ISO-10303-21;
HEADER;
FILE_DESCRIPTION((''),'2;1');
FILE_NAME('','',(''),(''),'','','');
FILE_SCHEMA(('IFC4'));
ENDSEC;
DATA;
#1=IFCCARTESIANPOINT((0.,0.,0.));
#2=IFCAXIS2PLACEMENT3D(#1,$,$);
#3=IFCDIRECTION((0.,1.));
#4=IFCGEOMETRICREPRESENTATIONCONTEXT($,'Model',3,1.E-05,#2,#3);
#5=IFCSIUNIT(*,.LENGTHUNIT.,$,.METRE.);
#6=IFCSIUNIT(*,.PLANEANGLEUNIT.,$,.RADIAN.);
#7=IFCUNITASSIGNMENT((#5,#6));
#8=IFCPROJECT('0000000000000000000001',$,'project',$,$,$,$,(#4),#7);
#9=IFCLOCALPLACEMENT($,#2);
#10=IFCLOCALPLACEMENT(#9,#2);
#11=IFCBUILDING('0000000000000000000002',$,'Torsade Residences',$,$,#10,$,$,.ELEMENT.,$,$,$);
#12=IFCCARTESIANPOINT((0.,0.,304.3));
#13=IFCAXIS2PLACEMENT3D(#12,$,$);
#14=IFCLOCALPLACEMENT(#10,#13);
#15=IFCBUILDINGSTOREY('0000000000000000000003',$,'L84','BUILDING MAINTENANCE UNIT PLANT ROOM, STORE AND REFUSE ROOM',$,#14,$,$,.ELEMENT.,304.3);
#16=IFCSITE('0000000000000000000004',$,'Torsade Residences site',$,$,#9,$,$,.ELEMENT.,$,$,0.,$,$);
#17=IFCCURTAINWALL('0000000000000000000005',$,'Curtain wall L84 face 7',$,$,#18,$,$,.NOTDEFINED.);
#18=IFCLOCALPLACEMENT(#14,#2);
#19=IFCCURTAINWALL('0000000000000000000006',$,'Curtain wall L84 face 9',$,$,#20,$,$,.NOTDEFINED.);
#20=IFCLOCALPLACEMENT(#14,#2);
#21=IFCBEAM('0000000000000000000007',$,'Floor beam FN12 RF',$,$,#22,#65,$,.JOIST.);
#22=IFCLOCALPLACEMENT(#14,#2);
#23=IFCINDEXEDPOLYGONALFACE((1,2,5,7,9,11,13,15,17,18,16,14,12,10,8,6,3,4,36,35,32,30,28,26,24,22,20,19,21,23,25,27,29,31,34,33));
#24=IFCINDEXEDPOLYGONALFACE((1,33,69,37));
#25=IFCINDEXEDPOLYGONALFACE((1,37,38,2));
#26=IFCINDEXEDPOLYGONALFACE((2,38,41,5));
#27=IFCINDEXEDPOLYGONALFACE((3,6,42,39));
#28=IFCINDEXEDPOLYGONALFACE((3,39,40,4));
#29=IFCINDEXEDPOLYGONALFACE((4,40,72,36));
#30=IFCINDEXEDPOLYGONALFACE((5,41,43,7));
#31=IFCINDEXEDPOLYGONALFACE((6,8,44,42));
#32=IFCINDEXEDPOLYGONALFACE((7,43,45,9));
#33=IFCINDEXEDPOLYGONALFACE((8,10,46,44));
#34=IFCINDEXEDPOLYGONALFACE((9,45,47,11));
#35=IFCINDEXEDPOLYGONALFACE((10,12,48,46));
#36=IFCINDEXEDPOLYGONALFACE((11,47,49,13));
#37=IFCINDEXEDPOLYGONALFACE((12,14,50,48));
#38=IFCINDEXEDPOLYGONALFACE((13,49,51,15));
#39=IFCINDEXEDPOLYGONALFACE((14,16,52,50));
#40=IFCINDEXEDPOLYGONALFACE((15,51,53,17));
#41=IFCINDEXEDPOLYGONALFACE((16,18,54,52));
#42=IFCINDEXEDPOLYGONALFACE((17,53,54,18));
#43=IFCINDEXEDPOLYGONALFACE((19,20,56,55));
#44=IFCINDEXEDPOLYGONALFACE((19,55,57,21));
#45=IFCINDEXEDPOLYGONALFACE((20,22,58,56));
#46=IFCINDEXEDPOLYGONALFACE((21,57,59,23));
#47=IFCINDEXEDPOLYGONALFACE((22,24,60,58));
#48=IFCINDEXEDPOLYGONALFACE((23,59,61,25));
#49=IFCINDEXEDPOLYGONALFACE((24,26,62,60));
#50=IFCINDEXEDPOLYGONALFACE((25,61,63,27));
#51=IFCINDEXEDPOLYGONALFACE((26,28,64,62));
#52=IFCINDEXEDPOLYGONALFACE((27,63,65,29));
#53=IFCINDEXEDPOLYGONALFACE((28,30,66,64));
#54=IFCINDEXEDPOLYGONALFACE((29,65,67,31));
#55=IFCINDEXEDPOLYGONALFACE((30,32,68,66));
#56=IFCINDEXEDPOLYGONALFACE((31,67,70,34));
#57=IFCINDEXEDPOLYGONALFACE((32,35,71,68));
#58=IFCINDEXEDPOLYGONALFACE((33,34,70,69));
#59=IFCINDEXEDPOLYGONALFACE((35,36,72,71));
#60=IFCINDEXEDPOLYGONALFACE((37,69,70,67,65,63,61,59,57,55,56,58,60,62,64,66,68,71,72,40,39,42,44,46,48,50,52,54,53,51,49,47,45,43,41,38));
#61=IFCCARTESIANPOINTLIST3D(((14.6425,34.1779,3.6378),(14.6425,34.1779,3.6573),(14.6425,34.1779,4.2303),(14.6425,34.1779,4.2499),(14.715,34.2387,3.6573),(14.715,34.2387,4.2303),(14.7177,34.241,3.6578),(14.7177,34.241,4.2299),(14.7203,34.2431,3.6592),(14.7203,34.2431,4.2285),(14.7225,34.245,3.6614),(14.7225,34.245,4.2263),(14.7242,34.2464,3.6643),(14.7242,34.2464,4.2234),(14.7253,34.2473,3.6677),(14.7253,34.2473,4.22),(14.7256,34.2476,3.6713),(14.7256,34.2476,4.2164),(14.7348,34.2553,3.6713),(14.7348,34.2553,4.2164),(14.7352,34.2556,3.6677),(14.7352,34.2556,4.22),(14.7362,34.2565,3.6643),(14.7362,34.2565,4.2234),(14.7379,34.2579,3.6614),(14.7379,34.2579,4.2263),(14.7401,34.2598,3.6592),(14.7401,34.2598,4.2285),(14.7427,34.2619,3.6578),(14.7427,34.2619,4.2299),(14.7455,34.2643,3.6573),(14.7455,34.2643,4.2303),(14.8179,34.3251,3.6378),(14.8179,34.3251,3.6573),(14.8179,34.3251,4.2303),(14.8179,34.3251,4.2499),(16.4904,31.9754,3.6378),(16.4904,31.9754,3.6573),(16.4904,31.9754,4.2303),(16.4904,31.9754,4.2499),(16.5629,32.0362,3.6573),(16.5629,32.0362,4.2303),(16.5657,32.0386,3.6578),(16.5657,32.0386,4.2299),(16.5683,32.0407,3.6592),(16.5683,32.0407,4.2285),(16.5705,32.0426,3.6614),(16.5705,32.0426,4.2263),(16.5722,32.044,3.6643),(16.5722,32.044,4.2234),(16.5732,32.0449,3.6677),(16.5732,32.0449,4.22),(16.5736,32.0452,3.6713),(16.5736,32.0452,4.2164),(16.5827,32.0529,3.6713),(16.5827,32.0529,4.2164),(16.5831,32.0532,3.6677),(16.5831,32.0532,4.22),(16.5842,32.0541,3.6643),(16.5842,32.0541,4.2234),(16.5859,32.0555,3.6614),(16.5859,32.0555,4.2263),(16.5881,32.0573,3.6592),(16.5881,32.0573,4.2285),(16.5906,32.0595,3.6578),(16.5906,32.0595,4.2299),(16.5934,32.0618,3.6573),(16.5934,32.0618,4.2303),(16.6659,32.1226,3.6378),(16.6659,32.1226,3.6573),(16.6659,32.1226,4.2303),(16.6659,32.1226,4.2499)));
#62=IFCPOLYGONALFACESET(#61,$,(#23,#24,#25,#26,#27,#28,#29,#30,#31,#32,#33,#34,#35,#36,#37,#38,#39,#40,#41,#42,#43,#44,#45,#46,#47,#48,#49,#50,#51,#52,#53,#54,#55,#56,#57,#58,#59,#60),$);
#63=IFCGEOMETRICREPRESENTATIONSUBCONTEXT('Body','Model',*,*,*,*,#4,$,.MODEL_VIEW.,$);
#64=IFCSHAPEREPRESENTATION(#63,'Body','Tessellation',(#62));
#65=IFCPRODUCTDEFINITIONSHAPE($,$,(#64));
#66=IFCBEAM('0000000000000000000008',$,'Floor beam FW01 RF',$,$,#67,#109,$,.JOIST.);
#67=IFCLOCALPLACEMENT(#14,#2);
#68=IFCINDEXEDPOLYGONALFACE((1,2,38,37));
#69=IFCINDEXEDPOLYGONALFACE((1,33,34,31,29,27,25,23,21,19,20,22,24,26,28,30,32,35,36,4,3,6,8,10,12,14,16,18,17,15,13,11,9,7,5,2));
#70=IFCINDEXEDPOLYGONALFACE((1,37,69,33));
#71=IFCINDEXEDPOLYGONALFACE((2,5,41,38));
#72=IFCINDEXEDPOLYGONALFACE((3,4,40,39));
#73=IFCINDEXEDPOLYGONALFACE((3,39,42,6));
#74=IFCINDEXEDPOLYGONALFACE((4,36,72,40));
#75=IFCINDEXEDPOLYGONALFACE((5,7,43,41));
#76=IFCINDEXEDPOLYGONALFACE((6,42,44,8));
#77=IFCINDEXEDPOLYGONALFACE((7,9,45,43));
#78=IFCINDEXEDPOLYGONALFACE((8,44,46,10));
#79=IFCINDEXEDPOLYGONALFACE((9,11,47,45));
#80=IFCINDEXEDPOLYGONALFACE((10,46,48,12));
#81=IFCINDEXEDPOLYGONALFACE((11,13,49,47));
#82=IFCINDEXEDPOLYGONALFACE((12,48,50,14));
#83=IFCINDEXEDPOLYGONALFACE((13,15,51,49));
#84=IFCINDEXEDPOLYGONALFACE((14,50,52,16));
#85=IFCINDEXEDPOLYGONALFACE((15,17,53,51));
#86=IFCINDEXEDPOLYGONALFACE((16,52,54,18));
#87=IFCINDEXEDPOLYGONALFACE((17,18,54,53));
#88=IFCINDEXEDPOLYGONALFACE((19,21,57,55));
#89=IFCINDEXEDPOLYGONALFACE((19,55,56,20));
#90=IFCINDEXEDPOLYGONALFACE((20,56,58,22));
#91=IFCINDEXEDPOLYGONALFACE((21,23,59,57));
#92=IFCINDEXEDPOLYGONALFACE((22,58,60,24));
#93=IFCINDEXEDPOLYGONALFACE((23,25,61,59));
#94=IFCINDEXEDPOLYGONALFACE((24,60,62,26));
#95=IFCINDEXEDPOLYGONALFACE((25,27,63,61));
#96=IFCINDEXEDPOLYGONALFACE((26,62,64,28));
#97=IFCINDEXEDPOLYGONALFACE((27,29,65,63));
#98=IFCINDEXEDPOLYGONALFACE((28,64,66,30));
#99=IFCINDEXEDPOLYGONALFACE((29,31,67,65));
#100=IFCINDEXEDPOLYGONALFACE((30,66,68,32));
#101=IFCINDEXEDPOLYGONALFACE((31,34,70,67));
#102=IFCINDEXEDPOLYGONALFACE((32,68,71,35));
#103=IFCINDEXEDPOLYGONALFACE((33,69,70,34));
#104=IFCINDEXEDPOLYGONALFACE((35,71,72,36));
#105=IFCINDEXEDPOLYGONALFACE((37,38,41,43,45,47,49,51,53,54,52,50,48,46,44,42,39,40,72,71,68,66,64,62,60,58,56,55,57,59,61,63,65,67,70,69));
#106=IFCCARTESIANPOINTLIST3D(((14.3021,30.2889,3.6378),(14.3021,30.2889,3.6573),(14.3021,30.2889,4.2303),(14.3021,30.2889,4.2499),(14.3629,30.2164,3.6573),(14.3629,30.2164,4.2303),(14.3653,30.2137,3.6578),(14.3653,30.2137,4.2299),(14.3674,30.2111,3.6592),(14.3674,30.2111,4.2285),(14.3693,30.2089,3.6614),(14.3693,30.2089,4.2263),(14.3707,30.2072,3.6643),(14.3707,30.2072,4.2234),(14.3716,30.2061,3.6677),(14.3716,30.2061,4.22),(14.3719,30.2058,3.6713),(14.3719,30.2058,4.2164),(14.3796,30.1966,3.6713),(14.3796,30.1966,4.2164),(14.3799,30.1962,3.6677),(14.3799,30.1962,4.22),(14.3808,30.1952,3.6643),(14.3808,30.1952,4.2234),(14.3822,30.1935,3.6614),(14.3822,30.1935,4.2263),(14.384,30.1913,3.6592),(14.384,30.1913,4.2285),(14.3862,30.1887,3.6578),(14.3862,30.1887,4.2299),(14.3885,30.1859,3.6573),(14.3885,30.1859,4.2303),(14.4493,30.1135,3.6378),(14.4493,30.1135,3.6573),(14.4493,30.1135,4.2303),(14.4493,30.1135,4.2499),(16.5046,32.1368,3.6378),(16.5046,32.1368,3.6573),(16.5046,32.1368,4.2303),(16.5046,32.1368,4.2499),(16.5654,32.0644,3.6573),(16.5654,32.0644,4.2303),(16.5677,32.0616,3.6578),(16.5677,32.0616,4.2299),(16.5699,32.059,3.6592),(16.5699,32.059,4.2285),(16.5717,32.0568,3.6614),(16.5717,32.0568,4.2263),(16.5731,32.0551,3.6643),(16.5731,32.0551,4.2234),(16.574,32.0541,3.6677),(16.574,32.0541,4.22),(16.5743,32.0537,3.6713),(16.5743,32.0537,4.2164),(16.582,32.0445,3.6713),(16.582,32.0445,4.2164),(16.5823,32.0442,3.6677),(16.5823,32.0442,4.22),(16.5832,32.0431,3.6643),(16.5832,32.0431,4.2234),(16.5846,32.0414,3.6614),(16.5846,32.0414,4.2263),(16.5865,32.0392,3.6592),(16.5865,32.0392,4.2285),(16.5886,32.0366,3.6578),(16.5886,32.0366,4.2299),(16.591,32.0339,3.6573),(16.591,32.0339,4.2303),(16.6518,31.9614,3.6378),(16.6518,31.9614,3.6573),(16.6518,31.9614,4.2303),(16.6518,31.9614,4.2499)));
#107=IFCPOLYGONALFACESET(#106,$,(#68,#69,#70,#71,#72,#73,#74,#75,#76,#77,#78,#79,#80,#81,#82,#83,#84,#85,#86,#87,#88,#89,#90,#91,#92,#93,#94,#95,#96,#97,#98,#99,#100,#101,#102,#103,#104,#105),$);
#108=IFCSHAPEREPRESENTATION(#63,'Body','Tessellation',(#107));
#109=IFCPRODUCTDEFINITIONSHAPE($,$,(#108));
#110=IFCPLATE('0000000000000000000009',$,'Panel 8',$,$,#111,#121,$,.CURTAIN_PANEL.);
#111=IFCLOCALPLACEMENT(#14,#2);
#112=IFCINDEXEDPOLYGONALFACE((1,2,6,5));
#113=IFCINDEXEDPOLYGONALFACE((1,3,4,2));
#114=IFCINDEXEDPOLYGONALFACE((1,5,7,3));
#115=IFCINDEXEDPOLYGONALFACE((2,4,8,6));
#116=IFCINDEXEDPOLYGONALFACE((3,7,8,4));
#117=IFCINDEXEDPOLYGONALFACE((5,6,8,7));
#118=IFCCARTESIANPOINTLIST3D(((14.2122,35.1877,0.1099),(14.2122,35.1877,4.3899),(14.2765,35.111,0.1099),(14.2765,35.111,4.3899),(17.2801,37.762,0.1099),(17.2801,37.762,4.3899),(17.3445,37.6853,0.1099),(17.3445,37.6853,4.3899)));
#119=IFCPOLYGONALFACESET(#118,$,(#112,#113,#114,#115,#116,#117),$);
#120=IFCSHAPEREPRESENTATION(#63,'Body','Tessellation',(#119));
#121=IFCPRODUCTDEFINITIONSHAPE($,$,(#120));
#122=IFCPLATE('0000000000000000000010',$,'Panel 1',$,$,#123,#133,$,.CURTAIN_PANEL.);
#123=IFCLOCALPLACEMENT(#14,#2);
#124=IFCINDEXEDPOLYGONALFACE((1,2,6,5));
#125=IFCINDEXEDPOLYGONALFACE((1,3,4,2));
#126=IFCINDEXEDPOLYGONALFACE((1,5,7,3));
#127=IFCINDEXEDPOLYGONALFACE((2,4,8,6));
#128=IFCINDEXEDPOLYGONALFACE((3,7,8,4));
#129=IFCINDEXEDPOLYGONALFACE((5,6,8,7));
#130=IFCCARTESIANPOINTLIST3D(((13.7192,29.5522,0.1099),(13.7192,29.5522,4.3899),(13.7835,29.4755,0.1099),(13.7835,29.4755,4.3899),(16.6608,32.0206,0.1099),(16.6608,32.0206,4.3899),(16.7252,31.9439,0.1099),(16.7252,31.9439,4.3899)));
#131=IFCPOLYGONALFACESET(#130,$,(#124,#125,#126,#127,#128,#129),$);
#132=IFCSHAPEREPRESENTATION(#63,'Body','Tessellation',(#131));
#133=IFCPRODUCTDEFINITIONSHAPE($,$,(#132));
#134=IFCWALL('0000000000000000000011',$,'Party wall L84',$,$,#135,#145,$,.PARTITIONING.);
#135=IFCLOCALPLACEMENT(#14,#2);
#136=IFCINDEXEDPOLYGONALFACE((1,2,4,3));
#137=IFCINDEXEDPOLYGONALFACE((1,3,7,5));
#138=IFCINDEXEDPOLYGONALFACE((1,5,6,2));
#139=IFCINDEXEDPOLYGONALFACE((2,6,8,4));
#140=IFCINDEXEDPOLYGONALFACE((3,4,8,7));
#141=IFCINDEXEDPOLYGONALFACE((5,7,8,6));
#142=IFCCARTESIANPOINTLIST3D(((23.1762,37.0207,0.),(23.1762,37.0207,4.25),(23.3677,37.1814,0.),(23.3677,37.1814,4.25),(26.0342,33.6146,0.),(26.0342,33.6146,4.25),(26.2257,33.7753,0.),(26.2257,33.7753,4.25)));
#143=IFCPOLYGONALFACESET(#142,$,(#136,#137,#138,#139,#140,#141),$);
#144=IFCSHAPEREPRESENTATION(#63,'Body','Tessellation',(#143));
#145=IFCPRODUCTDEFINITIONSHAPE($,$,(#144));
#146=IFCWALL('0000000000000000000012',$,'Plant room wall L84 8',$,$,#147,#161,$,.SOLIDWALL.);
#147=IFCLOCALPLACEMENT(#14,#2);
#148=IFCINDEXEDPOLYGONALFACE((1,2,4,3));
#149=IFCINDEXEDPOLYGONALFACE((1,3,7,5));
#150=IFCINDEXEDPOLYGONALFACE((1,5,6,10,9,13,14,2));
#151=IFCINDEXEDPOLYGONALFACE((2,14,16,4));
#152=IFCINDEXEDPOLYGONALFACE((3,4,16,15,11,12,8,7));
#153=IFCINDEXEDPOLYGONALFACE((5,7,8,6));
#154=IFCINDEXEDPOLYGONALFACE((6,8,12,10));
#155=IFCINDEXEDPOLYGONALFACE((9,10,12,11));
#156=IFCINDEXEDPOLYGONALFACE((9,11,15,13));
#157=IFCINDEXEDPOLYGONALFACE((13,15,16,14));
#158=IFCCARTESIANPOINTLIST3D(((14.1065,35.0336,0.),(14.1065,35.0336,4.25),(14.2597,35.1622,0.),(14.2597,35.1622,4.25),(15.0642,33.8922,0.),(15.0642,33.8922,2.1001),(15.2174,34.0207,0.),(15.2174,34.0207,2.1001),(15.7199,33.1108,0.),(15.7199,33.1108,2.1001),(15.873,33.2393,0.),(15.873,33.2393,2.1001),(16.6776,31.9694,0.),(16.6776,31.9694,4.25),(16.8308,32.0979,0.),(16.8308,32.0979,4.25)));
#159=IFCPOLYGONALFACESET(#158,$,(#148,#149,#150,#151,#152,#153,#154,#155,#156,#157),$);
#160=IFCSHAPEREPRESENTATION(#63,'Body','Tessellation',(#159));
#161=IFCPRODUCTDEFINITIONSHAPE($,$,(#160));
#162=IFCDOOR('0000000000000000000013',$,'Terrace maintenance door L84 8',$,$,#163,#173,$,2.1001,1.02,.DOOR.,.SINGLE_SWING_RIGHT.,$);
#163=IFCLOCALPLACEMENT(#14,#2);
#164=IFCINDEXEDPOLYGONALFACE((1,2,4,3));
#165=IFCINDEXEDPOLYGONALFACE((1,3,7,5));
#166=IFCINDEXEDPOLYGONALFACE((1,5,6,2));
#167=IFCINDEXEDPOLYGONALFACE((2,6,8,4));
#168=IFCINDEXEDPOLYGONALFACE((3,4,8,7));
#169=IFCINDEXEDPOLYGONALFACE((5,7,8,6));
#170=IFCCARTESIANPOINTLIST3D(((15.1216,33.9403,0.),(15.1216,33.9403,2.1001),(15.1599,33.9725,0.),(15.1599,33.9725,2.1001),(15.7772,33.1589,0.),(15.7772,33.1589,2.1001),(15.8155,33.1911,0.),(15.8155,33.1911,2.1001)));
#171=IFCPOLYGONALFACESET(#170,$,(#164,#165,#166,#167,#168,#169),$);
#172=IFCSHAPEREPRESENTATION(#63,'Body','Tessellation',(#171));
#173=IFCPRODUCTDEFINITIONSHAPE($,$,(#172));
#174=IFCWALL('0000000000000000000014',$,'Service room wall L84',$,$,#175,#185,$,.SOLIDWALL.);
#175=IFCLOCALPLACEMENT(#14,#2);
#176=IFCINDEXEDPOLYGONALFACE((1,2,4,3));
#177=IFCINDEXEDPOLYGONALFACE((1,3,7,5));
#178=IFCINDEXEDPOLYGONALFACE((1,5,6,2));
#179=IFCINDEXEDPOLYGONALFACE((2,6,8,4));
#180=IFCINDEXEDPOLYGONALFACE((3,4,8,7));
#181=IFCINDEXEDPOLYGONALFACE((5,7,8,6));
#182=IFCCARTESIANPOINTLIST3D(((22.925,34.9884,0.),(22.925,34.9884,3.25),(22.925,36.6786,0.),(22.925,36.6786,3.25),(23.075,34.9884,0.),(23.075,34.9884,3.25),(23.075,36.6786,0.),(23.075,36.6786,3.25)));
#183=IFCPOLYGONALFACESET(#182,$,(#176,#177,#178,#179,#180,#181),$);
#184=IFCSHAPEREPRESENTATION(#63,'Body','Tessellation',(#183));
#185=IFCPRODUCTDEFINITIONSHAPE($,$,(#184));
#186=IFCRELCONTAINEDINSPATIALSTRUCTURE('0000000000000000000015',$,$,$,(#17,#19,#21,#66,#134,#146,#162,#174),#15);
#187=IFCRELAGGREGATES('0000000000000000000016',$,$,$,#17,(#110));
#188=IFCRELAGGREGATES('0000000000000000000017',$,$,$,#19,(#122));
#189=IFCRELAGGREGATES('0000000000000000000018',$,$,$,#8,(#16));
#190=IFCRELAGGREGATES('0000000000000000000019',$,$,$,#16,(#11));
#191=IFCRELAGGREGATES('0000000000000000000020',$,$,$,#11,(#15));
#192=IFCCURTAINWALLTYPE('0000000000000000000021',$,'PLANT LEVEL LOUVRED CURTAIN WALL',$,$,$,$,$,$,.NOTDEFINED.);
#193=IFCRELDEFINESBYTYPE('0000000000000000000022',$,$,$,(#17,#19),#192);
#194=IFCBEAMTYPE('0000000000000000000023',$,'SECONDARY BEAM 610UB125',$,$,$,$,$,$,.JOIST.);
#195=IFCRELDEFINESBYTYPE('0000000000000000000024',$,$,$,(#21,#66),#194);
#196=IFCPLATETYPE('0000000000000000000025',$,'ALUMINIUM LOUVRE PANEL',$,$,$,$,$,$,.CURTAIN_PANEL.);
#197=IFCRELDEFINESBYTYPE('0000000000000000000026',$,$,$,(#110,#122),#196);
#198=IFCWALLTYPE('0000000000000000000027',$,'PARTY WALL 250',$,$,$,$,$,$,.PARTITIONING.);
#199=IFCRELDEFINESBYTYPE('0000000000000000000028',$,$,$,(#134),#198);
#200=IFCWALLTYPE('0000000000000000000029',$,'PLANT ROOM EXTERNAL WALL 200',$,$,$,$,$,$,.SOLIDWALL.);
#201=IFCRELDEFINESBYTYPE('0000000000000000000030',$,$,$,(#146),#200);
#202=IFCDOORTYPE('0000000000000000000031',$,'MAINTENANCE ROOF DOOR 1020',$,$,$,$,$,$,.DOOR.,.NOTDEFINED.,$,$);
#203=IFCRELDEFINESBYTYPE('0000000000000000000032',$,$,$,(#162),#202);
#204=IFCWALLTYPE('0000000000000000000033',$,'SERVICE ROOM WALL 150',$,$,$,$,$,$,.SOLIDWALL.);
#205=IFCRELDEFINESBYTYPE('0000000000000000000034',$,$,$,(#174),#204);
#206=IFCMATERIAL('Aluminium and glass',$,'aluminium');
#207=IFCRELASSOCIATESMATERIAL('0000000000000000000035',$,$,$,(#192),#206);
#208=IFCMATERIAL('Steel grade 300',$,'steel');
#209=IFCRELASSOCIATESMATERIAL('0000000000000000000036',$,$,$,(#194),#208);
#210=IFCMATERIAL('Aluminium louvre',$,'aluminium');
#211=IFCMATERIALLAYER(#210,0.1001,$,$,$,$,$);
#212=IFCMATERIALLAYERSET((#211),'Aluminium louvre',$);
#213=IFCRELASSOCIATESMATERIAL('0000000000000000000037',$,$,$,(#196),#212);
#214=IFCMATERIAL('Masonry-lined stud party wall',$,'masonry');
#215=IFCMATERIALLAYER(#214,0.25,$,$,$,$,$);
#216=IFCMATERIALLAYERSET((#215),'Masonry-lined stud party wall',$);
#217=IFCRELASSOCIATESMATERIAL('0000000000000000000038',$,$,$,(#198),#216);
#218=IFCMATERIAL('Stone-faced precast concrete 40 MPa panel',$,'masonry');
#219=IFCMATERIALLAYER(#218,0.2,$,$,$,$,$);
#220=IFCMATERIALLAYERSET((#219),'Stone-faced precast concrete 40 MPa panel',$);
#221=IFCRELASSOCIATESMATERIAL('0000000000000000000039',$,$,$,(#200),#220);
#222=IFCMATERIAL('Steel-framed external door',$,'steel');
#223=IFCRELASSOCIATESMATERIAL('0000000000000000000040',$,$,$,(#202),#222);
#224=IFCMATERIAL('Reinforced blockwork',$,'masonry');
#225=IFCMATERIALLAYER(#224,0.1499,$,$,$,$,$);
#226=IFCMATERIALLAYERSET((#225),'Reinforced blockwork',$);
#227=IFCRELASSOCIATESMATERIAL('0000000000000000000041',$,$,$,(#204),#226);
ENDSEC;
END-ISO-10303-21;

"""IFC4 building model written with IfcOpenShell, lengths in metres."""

from ifc_helpers import new_model, si_unit, direction, frame, frame_2d, origin, origin_2d, place, context, subcontext, project, spatial, rectangle, i_section, extrude, material, layer, layer_set, material_profile, profile_set, type_object, element, fill, aggregate, save


model = new_model("IFC4")

# Units and contexts
model_context = context("Model", 3, precision=1e-05, world=origin(), true_north=direction((0.0, 1.0)))
body_context = subcontext(model_context, "Body", "Model", "MODEL_VIEW")
ifc_project = project(units=[si_unit("LENGTHUNIT", "METRE"), si_unit("PLANEANGLEUNIT", "RADIAN")], contexts=[model_context])

# Site, building, storey
site_placement = place(None, origin())
site = spatial("IfcSite", under=ifc_project, at=site_placement, Name="Torsade Residences site", CompositionType="ELEMENT", RefElevation=0.0)
building_placement = place(site_placement, origin())
building = spatial("IfcBuilding", under=site, at=building_placement, Name="Torsade Residences", CompositionType="ELEMENT")
storey_placement = place(building_placement, frame((0.0, 0.0, 304.3)))
storey = spatial("IfcBuildingStorey", under=building, at=storey_placement, Name="L84", Description="BUILDING MAINTENANCE UNIT PLANT ROOM, STORE AND REFUSE ROOM", CompositionType="ELEMENT", Elevation=304.3)

# Curtain walls
ifc_material_1 = material(Name="Aluminium and glass", Category="aluminium")
curtain_wall_type = type_object("IfcCurtainWallType", Name="PLANT LEVEL LOUVRED CURTAIN WALL", PredefinedType="NOTDEFINED", material=ifc_material_1)
curtain_wall_1_placement = place(storey_placement, origin())
curtain_wall_1 = element("IfcCurtainWall", 1, at=curtain_wall_1_placement, inside=storey, type_object=curtain_wall_type, Name="Curtain wall L84 face 7", PredefinedType="NOTDEFINED")
curtain_wall_2_placement = place(storey_placement, origin())
curtain_wall_2 = element("IfcCurtainWall", 2, at=curtain_wall_2_placement, inside=storey, type_object=curtain_wall_type, Name="Curtain wall L84 face 9", PredefinedType="NOTDEFINED")

# Beams
ifc_material_2 = material(Name="Steel grade 300", Category="steel")
ifc_material_profile_1 = material_profile(ifc_material_2, i_section(OverallWidth=0.229, OverallDepth=0.6121, WebThickness=0.012, FlangeThickness=0.0195, FilletRadius=0.0139, at=origin_2d()), Name="610UB125")
ifc_profile_set_1 = profile_set([ifc_material_profile_1], Name="Steel grade 300")
beam_type_1 = type_object("IfcBeamType", Name="SECONDARY BEAM 610UB125", PredefinedType="JOIST", material=ifc_profile_set_1)
for number, where, z_axis, x_axis, name in (
    (3, (14.7302, 34.2515, 3.9438), (0.642762, -0.766066, 0.0), (0.766066, 0.642762, 0.0), "Floor beam FN12 RF"),
    (4, (14.3757, 30.2012, 3.9438), (0.766066, 0.642762, 0.0), (-0.642762, 0.766066, 0.0), "Floor beam FW01 RF"),
):
    element("IfcBeam", number, at=place(storey_placement, frame(where, z_axis=z_axis, x_axis=x_axis)), inside=storey, type_object=beam_type_1, Name=name, PredefinedType="JOIST", context=body_context, shape_type="SweptSolid", body=[
        extrude(i_section(OverallWidth=0.229, OverallDepth=0.6121, WebThickness=0.012, FlangeThickness=0.0195, FilletRadius=0.0139, at=origin_2d()), origin(), (0.0, 0.0, 1.0), 2.875),
    ])

# Plates
ifc_material_3 = material(Name="Aluminium louvre", Category="aluminium")
ifc_layer_1 = layer(ifc_material_3, 0.1001)
ifc_layer_set_1 = layer_set([ifc_layer_1], Name="Aluminium louvre")
plate_type = type_object("IfcPlateType", Name="ALUMINIUM LOUVRE PANEL", PredefinedType="CURTAIN_PANEL", material=ifc_layer_set_1)
plate_1_placement = place(storey_placement, frame((15.7783, 36.4365, 0.1099), z_axis=(0.0, 0.0, 1.0), x_axis=(-0.766044, -0.642788, 0.0)))
plate_1 = element("IfcPlate", 5, at=plate_1_placement, type_object=plate_type, Name="Panel 8", PredefinedType="CURTAIN_PANEL", context=body_context, shape_type="SweptSolid", body=[
    extrude(rectangle(XDim=4.0049, YDim=0.1001, at=origin_2d()), origin(), (0.0, 0.0, 1.0), 4.28),
])
aggregate(curtain_wall_1, [plate_1])
plate_2_placement = place(storey_placement, frame((15.2222, 30.748, 0.1099), z_axis=(0.0, 0.0, 1.0), x_axis=(-0.766044, -0.642788, 0.0)))
plate_2 = element("IfcPlate", 6, at=plate_2_placement, type_object=plate_type, Name="Panel 1", PredefinedType="CURTAIN_PANEL", context=body_context, shape_type="SweptSolid", body=[
    extrude(rectangle(XDim=3.8401, YDim=0.1001, at=origin_2d()), origin(), (0.0, 0.0, 1.0), 4.28),
])
aggregate(curtain_wall_2, [plate_2])

# Wall
ifc_material_4 = material(Name="Masonry-lined stud party wall", Category="masonry")
ifc_layer_2 = layer(ifc_material_4, 0.25)
ifc_layer_set_2 = layer_set([ifc_layer_2], Name="Masonry-lined stud party wall")
wall_type_1 = type_object("IfcWallType", Name="PARTY WALL 250", PredefinedType="PARTITIONING", material=ifc_layer_set_2)
wall_1_placement = place(storey_placement, frame((23.272, 37.1011, 0.0), z_axis=(0.0, 0.0, 1.0), x_axis=(0.642779, -0.766052, 0.0)))
element("IfcWall", 7, at=wall_1_placement, inside=storey, type_object=wall_type_1, Name="Party wall L84", PredefinedType="PARTITIONING", context=body_context, shape_type="SweptSolid", body=[
    extrude(rectangle(XDim=4.4463, YDim=0.25, at=frame_2d((2.2231, 0.0))), origin(), (0.0, 0.0, 1.0), 4.25),
])

# Wall, opening, door
ifc_material_5 = material(Name="Stone-faced precast concrete 40 MPa panel", Category="masonry")
ifc_layer_3 = layer(ifc_material_5, 0.2)
ifc_layer_set_3 = layer_set([ifc_layer_3], Name="Stone-faced precast concrete 40 MPa panel")
wall_type_2 = type_object("IfcWallType", Name="PLANT ROOM EXTERNAL WALL 200", PredefinedType="SOLIDWALL", material=ifc_layer_set_3)
wall_2_placement = place(storey_placement, frame((14.1831, 35.0979, 0.0), z_axis=(0.0, 0.0, 1.0), x_axis=(0.642768, -0.766061, 0.0)))
wall_2 = element("IfcWall", 8, at=wall_2_placement, inside=storey, type_object=wall_type_2, Name="Plant room wall L84 8", PredefinedType="SOLIDWALL", context=body_context, shape_type="SweptSolid", body=[
    extrude(rectangle(XDim=4.0, YDim=0.2, at=frame_2d((2.0, 0.0))), origin(), (0.0, 0.0, 1.0), 4.25),
])
opening_1_placement = place(wall_2_placement, frame((1.49, 0.0, 0.0)))
opening_1 = element("IfcOpeningElement", 9, at=opening_1_placement, cuts=wall_2, PredefinedType="OPENING", context=body_context, shape_type="SweptSolid", body=[
    extrude(rectangle(XDim=1.02, YDim=2.1001, at=frame_2d((0.51, 1.05))), frame((0.0, 0.1099, 0.0), z_axis=(0.0, -1.0, 0.0), x_axis=(1.0, 0.0, 0.0)), (0.0, 0.0, 1.0), 0.22),
])
ifc_material_6 = material(Name="Steel-framed external door", Category="steel")
door_type_1 = type_object("IfcDoorType", Name="MAINTENANCE ROOF DOOR 1020", OperationType="NOTDEFINED", PredefinedType="DOOR", material=ifc_material_6)
door_1_placement = place(opening_1_placement, origin())
door_1 = element("IfcDoor", 10, at=door_1_placement, inside=storey, type_object=door_type_1, Name="Terrace maintenance door L84 8", OperationType="SINGLE_SWING_RIGHT", OverallHeight=2.1001, OverallWidth=1.02, PredefinedType="DOOR", context=body_context, shape_type="SweptSolid", body=[
    extrude(rectangle(XDim=1.02, YDim=2.1001, at=frame_2d((0.51, 1.05))), frame((0.0, 0.0249, 0.0), z_axis=(0.0, -1.0, 0.0), x_axis=(1.0, 0.0, 0.0)), (0.0, 0.0, 1.0), 0.05),
])
fill(opening_1, door_1)

# Wall
ifc_material_7 = material(Name="Reinforced blockwork", Category="masonry")
ifc_layer_4 = layer(ifc_material_7, 0.1499)
ifc_layer_set_4 = layer_set([ifc_layer_4], Name="Reinforced blockwork")
wall_type_3 = type_object("IfcWallType", Name="SERVICE ROOM WALL 150", PredefinedType="SOLIDWALL", material=ifc_layer_set_4)
wall_3_placement = place(storey_placement, frame((23.0, 34.9883, 0.0), z_axis=(0.0, 0.0, 1.0), x_axis=(0.0, 1.0, 0.0)))
element("IfcWall", 11, at=wall_3_placement, inside=storey, type_object=wall_type_3, Name="Service room wall L84", PredefinedType="SOLIDWALL", context=body_context, shape_type="SweptSolid", body=[
    extrude(rectangle(XDim=1.6902, YDim=0.1499, at=frame_2d((0.8452, 0.0))), origin(), (0.0, 0.0, 1.0), 3.25),
])

save(model, "model.ifc")
